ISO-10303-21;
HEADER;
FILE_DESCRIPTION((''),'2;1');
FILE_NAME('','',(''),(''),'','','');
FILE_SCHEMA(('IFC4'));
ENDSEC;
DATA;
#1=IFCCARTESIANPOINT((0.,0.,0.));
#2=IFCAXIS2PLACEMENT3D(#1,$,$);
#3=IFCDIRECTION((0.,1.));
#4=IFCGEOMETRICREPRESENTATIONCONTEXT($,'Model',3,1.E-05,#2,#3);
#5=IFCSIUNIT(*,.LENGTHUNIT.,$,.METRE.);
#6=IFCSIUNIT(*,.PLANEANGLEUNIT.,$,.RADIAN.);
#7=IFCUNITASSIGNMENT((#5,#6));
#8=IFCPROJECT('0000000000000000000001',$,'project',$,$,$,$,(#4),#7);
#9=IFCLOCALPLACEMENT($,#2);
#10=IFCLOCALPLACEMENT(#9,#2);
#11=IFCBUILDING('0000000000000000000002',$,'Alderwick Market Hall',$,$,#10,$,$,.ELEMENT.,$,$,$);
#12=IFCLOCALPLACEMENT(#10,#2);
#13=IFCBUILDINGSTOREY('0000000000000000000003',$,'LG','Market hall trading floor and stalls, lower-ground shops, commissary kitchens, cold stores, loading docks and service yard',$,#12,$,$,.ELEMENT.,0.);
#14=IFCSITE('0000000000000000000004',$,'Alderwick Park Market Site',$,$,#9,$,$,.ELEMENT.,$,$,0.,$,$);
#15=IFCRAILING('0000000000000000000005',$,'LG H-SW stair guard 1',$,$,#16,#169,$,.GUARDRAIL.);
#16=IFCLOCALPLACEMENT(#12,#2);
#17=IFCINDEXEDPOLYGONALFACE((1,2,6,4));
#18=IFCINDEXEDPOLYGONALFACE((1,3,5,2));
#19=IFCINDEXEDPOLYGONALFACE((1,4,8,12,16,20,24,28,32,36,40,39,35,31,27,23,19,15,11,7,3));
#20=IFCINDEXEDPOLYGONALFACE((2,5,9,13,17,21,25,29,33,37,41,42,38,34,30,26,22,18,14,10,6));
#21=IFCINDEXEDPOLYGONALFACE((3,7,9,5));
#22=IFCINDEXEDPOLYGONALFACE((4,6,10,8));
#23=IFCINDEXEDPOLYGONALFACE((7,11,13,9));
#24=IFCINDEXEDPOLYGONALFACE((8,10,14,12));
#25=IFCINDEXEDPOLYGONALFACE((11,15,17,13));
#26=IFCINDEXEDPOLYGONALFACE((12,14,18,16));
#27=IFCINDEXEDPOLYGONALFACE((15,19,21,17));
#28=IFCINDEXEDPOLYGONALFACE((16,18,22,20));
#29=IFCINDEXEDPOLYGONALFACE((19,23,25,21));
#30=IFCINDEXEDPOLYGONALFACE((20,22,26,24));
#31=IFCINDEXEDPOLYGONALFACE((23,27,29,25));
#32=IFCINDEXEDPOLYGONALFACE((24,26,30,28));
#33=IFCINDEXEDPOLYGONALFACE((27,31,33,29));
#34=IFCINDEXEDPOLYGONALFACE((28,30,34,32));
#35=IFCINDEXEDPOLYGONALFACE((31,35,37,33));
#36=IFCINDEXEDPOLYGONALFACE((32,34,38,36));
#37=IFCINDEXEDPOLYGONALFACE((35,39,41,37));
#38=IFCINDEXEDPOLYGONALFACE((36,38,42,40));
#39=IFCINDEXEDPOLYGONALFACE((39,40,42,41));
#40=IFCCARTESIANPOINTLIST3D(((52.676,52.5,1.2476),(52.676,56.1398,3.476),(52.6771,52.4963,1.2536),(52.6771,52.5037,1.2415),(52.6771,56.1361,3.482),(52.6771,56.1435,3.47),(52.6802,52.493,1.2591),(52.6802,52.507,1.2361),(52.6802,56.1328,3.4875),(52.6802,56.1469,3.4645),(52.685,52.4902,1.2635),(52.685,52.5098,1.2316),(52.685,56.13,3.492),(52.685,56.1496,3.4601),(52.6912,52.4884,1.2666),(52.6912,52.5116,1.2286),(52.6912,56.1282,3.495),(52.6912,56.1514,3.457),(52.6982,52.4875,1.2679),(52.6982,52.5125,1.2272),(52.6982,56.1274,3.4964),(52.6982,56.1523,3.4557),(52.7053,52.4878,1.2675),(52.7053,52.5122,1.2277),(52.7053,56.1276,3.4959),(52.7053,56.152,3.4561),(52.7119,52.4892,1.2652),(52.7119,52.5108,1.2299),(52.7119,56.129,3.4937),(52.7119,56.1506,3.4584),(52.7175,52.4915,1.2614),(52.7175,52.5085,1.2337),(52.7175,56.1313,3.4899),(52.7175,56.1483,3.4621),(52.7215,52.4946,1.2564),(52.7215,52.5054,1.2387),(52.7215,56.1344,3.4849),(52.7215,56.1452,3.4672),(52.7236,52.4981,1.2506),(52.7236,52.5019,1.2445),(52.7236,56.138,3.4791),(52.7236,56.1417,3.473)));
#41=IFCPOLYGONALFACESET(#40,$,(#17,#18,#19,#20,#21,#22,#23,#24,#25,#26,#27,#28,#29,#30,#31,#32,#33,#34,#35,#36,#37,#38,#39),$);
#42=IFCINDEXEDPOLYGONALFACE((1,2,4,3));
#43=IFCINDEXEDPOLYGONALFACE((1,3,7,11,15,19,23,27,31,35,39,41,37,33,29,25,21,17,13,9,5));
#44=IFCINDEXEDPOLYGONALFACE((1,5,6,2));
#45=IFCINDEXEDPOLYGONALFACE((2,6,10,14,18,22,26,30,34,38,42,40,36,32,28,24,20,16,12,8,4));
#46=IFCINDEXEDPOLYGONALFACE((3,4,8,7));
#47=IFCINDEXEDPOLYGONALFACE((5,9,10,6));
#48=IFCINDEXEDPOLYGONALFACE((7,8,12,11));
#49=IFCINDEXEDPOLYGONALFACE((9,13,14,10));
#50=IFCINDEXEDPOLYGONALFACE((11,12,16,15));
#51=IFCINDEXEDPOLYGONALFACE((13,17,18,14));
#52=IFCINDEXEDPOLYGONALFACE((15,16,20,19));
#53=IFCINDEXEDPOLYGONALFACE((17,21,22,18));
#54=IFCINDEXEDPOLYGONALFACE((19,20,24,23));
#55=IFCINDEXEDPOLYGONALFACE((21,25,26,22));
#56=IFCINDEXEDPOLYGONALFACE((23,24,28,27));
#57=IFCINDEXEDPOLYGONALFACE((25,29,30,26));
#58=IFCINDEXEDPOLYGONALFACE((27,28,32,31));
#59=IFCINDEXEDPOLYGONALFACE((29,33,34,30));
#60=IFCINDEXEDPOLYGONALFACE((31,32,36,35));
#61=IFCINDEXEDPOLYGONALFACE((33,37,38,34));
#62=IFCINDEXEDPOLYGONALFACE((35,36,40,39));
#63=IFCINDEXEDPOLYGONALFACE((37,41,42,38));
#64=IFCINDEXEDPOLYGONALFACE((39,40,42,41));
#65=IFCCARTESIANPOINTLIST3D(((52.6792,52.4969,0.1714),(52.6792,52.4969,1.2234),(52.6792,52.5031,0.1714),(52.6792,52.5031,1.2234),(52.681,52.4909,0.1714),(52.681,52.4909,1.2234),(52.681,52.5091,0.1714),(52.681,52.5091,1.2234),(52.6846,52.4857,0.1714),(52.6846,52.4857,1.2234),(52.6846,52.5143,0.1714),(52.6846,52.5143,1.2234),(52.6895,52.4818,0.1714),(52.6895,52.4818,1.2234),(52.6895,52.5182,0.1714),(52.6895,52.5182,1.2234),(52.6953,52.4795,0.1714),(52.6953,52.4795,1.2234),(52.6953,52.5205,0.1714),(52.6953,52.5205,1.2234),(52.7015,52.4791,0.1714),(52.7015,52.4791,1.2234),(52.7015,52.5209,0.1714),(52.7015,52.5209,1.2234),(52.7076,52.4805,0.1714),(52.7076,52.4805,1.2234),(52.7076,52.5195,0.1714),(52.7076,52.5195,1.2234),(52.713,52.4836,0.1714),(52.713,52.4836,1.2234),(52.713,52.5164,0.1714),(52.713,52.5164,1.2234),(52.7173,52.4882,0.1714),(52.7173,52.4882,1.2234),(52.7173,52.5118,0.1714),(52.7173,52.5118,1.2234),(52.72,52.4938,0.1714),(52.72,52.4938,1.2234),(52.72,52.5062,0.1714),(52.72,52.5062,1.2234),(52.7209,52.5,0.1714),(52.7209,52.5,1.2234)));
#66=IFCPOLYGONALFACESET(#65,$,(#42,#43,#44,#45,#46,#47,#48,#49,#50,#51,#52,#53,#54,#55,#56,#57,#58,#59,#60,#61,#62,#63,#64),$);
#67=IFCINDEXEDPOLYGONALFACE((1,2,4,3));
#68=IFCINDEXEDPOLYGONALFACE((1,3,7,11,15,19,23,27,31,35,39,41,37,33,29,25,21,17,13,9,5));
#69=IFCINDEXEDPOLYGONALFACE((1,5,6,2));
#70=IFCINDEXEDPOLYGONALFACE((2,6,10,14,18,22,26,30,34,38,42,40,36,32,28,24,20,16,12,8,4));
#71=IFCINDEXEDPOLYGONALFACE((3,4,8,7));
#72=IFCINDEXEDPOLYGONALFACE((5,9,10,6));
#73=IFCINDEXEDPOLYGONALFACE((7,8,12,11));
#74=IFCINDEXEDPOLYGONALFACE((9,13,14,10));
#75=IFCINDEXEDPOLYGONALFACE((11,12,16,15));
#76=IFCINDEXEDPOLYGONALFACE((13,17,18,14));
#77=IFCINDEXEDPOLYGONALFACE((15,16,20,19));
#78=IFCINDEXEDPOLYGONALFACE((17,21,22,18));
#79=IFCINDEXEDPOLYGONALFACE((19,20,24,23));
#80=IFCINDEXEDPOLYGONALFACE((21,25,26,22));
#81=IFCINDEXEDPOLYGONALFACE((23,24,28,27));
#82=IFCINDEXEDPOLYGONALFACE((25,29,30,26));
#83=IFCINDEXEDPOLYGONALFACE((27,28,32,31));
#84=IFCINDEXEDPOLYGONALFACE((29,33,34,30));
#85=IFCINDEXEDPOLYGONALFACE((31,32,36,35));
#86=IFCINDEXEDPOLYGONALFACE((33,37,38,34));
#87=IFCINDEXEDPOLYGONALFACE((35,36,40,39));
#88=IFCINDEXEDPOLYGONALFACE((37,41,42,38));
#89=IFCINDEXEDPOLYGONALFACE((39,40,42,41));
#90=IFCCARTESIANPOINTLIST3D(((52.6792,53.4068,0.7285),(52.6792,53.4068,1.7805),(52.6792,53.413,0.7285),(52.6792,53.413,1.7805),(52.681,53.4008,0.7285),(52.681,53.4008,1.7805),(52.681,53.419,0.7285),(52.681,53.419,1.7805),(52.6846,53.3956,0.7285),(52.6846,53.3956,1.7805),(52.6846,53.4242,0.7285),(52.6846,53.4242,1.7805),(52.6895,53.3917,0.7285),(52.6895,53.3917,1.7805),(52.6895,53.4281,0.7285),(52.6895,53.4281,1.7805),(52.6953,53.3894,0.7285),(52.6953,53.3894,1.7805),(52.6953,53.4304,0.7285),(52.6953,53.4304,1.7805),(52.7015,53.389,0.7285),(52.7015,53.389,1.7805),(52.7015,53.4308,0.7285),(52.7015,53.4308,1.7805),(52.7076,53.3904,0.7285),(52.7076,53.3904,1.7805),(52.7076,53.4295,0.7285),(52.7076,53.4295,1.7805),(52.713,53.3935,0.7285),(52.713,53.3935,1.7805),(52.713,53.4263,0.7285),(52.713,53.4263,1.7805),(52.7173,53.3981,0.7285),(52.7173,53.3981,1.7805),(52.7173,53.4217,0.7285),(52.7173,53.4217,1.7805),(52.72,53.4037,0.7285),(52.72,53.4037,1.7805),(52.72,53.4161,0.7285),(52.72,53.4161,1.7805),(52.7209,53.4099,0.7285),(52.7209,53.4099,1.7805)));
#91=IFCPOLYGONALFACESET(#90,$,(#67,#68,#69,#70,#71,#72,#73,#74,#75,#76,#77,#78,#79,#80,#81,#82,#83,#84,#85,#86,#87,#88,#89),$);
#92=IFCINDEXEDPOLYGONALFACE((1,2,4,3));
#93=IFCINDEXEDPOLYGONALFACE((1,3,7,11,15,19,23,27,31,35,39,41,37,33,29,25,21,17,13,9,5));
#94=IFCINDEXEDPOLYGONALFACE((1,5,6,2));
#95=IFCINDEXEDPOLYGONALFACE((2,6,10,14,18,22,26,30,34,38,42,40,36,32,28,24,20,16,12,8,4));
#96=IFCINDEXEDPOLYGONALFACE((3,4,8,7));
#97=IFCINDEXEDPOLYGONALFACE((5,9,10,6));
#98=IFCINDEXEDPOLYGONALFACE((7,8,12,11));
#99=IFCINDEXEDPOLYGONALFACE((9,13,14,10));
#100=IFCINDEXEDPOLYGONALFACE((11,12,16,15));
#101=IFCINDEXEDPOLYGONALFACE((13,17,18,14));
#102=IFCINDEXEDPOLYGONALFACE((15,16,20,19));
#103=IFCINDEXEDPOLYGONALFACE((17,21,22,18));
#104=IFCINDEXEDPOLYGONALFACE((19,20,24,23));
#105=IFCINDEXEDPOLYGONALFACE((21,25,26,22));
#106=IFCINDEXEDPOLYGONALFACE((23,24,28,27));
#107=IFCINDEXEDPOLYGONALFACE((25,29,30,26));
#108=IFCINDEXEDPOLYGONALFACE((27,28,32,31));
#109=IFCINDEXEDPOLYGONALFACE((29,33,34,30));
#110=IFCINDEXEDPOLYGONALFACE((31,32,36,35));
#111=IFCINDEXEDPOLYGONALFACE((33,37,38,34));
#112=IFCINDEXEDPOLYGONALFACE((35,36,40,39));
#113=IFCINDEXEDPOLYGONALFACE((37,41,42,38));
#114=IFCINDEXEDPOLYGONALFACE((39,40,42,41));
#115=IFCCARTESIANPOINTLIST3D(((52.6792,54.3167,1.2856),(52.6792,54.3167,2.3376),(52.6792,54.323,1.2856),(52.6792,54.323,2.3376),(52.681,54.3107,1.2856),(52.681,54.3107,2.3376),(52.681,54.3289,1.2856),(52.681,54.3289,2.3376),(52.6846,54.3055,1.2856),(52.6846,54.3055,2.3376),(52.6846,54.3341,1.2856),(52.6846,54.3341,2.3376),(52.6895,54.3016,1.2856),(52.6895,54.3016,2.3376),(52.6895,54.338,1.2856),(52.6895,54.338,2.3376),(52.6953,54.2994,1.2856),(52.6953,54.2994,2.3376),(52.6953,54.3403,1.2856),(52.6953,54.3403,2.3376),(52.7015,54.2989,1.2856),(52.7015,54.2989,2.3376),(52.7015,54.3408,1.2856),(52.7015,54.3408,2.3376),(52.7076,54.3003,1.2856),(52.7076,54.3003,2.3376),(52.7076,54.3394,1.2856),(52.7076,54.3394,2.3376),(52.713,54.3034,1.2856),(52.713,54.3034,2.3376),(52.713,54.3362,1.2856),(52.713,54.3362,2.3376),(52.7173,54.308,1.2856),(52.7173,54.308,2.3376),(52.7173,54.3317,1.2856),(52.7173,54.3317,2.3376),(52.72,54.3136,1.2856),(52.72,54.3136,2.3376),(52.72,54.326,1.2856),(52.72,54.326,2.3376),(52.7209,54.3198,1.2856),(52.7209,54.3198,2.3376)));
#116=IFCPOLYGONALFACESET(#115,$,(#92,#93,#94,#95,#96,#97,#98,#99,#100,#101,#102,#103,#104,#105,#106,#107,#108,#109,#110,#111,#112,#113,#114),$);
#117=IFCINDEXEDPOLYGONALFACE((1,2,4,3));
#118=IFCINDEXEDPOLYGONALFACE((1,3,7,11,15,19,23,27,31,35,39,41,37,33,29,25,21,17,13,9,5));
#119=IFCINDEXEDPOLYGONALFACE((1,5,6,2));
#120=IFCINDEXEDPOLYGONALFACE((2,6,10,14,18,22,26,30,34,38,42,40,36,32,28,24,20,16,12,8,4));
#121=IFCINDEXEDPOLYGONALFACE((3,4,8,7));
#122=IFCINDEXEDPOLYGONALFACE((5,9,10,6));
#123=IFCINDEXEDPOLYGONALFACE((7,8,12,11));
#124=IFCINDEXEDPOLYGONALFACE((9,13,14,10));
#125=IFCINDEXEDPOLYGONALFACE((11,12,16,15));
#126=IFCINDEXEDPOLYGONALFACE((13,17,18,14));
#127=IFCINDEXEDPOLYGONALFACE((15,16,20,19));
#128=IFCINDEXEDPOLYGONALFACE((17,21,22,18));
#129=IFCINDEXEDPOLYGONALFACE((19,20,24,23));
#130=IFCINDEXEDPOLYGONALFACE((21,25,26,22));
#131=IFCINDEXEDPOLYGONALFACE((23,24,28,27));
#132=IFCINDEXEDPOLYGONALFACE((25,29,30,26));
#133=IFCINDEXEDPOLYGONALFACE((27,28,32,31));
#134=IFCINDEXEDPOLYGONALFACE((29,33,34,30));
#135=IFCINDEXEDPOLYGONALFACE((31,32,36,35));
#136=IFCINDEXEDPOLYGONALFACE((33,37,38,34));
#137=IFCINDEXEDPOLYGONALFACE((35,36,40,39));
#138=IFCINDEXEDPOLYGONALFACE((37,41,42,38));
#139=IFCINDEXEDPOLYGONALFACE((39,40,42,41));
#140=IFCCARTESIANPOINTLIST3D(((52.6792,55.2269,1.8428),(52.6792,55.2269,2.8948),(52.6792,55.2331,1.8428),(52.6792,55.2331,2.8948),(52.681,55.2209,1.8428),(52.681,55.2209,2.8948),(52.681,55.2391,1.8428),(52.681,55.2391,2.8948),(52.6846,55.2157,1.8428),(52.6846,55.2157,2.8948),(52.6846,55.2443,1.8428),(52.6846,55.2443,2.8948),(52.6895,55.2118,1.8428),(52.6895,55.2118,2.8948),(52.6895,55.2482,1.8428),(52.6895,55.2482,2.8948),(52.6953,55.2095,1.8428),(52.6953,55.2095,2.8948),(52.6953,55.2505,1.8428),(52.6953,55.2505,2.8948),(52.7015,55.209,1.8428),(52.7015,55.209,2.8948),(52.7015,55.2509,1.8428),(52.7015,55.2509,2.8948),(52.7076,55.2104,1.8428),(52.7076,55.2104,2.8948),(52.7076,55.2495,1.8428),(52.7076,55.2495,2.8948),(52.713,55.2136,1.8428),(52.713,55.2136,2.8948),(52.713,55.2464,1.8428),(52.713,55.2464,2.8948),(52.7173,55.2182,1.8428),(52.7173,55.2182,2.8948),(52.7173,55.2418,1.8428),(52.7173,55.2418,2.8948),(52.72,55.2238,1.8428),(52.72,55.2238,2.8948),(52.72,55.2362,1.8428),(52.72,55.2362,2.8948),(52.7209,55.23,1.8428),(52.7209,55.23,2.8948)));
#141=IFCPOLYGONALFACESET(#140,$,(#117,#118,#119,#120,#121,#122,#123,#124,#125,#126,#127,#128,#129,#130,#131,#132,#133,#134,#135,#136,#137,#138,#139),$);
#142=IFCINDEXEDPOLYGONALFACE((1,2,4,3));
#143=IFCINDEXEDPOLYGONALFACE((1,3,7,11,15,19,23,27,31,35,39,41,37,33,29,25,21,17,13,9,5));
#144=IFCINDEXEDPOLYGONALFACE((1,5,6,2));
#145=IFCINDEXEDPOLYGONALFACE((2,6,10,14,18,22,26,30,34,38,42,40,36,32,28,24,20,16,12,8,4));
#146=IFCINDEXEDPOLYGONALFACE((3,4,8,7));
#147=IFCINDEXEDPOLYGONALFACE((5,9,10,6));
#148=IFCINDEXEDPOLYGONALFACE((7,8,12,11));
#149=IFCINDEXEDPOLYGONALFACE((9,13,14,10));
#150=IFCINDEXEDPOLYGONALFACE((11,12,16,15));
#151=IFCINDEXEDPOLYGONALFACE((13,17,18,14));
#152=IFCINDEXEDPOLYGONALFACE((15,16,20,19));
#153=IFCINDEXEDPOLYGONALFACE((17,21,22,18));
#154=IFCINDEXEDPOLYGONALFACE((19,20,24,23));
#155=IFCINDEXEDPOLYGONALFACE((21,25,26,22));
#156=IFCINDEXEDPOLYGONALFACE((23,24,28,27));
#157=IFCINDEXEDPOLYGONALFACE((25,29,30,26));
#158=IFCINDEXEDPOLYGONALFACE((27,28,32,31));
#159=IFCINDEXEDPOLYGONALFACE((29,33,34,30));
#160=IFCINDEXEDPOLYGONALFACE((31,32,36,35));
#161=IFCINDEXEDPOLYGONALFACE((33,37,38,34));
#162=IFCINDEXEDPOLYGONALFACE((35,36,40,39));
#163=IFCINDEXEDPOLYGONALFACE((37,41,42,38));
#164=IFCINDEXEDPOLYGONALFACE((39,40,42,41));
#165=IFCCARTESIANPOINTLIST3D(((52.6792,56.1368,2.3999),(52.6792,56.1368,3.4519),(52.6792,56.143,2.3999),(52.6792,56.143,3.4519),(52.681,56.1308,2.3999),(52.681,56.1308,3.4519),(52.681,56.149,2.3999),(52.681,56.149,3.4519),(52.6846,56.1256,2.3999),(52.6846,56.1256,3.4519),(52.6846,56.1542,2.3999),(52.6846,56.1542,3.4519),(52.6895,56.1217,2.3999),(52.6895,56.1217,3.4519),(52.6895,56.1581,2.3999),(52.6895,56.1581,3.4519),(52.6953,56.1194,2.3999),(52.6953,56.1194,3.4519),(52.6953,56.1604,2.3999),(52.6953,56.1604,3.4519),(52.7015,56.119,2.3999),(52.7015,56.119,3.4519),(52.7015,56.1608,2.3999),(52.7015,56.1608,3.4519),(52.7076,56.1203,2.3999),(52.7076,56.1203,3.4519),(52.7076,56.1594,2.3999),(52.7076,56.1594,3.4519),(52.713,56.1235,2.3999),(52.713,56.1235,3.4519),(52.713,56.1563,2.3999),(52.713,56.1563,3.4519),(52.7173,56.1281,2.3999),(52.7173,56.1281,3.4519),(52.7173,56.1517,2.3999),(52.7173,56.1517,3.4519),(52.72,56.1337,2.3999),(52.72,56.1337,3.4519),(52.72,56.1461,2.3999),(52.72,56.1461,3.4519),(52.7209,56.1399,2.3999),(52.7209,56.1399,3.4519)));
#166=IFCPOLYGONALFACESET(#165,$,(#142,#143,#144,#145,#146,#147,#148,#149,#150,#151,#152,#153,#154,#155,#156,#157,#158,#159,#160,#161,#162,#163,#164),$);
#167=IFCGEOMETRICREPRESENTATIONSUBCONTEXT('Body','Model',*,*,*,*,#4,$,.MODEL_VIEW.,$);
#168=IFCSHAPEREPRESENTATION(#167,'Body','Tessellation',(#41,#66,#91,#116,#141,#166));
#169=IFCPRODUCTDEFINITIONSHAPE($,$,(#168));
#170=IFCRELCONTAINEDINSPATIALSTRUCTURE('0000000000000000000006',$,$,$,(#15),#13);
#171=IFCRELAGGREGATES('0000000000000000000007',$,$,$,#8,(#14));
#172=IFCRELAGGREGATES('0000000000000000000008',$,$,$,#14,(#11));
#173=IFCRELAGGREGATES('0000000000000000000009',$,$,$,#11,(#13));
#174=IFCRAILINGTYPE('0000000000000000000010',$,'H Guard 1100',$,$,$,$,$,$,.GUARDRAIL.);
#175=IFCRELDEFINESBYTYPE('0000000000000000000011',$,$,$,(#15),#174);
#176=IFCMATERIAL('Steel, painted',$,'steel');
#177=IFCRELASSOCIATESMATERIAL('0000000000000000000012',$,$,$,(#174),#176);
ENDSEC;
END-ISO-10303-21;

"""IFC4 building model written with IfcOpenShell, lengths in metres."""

from ifc_helpers import new_model, si_unit, direction, frame, origin, origin_2d, place, context, subcontext, project, spatial, circle, extrude, material, type_object, element, save


model = new_model("IFC4")

# Units and contexts
model_context = context("Model", 3, precision=1e-05, world=origin(), true_north=direction((0.0, 1.0)))
body_context = subcontext(model_context, "Body", "Model", "MODEL_VIEW")
ifc_project = project(units=[si_unit("LENGTHUNIT", "METRE"), si_unit("PLANEANGLEUNIT", "RADIAN")], contexts=[model_context])

# Site, building, storey
site_placement = place(None, origin())
site = spatial("IfcSite", under=ifc_project, at=site_placement, Name="Alderwick Park Market Site", CompositionType="ELEMENT", RefElevation=0.0)
building_placement = place(site_placement, origin())
building = spatial("IfcBuilding", under=site, at=building_placement, Name="Alderwick Market Hall", CompositionType="ELEMENT")
storey_placement = place(building_placement, origin())
storey = spatial("IfcBuildingStorey", under=building, at=storey_placement, Name="LG", Description="Market hall trading floor and stalls, lower-ground shops, commissary kitchens, cold stores, loading docks and service yard", CompositionType="ELEMENT", Elevation=0.0)

# Railing
ifc_material_1 = material(Name="Steel, painted", Category="steel")
railing_type_1 = type_object("IfcRailingType", Name="H Guard 1100", PredefinedType="GUARDRAIL", material=ifc_material_1)
railing_1_placement = place(storey_placement, frame((52.7, 52.5, 0.1714)))
element("IfcRailing", 1, at=railing_1_placement, inside=storey, type_object=railing_type_1, Name="LG H-SW stair guard 1", PredefinedType="GUARDRAIL", context=body_context, shape_type="SweptSolid", body=[
    extrude(circle(Radius=0.0239, at=origin_2d()), frame((0.0, 0.0, 1.0762), z_axis=(0.0, 0.85285, 0.522156), x_axis=(-1.0, 0.0, 0.0)), (0.0, 0.0, 1.0), 4.2678),
    extrude(circle(Radius=0.021, at=origin_2d()), origin(), (0.0, 0.0, 1.0), 1.052),
    extrude(circle(Radius=0.021, at=origin_2d()), frame((0.0, 0.9099, 0.5571)), (0.0, 0.0, 1.0), 1.052),
    extrude(circle(Radius=0.021, at=origin_2d()), frame((0.0, 1.8198, 1.1143)), (0.0, 0.0, 1.0), 1.052),
    extrude(circle(Radius=0.021, at=origin_2d()), frame((0.0, 2.73, 1.6714)), (0.0, 0.0, 1.0), 1.052),
    extrude(circle(Radius=0.021, at=origin_2d()), frame((0.0, 3.6399, 2.2285)), (0.0, 0.0, 1.0), 1.052),
])

save(model, "model.ifc")
